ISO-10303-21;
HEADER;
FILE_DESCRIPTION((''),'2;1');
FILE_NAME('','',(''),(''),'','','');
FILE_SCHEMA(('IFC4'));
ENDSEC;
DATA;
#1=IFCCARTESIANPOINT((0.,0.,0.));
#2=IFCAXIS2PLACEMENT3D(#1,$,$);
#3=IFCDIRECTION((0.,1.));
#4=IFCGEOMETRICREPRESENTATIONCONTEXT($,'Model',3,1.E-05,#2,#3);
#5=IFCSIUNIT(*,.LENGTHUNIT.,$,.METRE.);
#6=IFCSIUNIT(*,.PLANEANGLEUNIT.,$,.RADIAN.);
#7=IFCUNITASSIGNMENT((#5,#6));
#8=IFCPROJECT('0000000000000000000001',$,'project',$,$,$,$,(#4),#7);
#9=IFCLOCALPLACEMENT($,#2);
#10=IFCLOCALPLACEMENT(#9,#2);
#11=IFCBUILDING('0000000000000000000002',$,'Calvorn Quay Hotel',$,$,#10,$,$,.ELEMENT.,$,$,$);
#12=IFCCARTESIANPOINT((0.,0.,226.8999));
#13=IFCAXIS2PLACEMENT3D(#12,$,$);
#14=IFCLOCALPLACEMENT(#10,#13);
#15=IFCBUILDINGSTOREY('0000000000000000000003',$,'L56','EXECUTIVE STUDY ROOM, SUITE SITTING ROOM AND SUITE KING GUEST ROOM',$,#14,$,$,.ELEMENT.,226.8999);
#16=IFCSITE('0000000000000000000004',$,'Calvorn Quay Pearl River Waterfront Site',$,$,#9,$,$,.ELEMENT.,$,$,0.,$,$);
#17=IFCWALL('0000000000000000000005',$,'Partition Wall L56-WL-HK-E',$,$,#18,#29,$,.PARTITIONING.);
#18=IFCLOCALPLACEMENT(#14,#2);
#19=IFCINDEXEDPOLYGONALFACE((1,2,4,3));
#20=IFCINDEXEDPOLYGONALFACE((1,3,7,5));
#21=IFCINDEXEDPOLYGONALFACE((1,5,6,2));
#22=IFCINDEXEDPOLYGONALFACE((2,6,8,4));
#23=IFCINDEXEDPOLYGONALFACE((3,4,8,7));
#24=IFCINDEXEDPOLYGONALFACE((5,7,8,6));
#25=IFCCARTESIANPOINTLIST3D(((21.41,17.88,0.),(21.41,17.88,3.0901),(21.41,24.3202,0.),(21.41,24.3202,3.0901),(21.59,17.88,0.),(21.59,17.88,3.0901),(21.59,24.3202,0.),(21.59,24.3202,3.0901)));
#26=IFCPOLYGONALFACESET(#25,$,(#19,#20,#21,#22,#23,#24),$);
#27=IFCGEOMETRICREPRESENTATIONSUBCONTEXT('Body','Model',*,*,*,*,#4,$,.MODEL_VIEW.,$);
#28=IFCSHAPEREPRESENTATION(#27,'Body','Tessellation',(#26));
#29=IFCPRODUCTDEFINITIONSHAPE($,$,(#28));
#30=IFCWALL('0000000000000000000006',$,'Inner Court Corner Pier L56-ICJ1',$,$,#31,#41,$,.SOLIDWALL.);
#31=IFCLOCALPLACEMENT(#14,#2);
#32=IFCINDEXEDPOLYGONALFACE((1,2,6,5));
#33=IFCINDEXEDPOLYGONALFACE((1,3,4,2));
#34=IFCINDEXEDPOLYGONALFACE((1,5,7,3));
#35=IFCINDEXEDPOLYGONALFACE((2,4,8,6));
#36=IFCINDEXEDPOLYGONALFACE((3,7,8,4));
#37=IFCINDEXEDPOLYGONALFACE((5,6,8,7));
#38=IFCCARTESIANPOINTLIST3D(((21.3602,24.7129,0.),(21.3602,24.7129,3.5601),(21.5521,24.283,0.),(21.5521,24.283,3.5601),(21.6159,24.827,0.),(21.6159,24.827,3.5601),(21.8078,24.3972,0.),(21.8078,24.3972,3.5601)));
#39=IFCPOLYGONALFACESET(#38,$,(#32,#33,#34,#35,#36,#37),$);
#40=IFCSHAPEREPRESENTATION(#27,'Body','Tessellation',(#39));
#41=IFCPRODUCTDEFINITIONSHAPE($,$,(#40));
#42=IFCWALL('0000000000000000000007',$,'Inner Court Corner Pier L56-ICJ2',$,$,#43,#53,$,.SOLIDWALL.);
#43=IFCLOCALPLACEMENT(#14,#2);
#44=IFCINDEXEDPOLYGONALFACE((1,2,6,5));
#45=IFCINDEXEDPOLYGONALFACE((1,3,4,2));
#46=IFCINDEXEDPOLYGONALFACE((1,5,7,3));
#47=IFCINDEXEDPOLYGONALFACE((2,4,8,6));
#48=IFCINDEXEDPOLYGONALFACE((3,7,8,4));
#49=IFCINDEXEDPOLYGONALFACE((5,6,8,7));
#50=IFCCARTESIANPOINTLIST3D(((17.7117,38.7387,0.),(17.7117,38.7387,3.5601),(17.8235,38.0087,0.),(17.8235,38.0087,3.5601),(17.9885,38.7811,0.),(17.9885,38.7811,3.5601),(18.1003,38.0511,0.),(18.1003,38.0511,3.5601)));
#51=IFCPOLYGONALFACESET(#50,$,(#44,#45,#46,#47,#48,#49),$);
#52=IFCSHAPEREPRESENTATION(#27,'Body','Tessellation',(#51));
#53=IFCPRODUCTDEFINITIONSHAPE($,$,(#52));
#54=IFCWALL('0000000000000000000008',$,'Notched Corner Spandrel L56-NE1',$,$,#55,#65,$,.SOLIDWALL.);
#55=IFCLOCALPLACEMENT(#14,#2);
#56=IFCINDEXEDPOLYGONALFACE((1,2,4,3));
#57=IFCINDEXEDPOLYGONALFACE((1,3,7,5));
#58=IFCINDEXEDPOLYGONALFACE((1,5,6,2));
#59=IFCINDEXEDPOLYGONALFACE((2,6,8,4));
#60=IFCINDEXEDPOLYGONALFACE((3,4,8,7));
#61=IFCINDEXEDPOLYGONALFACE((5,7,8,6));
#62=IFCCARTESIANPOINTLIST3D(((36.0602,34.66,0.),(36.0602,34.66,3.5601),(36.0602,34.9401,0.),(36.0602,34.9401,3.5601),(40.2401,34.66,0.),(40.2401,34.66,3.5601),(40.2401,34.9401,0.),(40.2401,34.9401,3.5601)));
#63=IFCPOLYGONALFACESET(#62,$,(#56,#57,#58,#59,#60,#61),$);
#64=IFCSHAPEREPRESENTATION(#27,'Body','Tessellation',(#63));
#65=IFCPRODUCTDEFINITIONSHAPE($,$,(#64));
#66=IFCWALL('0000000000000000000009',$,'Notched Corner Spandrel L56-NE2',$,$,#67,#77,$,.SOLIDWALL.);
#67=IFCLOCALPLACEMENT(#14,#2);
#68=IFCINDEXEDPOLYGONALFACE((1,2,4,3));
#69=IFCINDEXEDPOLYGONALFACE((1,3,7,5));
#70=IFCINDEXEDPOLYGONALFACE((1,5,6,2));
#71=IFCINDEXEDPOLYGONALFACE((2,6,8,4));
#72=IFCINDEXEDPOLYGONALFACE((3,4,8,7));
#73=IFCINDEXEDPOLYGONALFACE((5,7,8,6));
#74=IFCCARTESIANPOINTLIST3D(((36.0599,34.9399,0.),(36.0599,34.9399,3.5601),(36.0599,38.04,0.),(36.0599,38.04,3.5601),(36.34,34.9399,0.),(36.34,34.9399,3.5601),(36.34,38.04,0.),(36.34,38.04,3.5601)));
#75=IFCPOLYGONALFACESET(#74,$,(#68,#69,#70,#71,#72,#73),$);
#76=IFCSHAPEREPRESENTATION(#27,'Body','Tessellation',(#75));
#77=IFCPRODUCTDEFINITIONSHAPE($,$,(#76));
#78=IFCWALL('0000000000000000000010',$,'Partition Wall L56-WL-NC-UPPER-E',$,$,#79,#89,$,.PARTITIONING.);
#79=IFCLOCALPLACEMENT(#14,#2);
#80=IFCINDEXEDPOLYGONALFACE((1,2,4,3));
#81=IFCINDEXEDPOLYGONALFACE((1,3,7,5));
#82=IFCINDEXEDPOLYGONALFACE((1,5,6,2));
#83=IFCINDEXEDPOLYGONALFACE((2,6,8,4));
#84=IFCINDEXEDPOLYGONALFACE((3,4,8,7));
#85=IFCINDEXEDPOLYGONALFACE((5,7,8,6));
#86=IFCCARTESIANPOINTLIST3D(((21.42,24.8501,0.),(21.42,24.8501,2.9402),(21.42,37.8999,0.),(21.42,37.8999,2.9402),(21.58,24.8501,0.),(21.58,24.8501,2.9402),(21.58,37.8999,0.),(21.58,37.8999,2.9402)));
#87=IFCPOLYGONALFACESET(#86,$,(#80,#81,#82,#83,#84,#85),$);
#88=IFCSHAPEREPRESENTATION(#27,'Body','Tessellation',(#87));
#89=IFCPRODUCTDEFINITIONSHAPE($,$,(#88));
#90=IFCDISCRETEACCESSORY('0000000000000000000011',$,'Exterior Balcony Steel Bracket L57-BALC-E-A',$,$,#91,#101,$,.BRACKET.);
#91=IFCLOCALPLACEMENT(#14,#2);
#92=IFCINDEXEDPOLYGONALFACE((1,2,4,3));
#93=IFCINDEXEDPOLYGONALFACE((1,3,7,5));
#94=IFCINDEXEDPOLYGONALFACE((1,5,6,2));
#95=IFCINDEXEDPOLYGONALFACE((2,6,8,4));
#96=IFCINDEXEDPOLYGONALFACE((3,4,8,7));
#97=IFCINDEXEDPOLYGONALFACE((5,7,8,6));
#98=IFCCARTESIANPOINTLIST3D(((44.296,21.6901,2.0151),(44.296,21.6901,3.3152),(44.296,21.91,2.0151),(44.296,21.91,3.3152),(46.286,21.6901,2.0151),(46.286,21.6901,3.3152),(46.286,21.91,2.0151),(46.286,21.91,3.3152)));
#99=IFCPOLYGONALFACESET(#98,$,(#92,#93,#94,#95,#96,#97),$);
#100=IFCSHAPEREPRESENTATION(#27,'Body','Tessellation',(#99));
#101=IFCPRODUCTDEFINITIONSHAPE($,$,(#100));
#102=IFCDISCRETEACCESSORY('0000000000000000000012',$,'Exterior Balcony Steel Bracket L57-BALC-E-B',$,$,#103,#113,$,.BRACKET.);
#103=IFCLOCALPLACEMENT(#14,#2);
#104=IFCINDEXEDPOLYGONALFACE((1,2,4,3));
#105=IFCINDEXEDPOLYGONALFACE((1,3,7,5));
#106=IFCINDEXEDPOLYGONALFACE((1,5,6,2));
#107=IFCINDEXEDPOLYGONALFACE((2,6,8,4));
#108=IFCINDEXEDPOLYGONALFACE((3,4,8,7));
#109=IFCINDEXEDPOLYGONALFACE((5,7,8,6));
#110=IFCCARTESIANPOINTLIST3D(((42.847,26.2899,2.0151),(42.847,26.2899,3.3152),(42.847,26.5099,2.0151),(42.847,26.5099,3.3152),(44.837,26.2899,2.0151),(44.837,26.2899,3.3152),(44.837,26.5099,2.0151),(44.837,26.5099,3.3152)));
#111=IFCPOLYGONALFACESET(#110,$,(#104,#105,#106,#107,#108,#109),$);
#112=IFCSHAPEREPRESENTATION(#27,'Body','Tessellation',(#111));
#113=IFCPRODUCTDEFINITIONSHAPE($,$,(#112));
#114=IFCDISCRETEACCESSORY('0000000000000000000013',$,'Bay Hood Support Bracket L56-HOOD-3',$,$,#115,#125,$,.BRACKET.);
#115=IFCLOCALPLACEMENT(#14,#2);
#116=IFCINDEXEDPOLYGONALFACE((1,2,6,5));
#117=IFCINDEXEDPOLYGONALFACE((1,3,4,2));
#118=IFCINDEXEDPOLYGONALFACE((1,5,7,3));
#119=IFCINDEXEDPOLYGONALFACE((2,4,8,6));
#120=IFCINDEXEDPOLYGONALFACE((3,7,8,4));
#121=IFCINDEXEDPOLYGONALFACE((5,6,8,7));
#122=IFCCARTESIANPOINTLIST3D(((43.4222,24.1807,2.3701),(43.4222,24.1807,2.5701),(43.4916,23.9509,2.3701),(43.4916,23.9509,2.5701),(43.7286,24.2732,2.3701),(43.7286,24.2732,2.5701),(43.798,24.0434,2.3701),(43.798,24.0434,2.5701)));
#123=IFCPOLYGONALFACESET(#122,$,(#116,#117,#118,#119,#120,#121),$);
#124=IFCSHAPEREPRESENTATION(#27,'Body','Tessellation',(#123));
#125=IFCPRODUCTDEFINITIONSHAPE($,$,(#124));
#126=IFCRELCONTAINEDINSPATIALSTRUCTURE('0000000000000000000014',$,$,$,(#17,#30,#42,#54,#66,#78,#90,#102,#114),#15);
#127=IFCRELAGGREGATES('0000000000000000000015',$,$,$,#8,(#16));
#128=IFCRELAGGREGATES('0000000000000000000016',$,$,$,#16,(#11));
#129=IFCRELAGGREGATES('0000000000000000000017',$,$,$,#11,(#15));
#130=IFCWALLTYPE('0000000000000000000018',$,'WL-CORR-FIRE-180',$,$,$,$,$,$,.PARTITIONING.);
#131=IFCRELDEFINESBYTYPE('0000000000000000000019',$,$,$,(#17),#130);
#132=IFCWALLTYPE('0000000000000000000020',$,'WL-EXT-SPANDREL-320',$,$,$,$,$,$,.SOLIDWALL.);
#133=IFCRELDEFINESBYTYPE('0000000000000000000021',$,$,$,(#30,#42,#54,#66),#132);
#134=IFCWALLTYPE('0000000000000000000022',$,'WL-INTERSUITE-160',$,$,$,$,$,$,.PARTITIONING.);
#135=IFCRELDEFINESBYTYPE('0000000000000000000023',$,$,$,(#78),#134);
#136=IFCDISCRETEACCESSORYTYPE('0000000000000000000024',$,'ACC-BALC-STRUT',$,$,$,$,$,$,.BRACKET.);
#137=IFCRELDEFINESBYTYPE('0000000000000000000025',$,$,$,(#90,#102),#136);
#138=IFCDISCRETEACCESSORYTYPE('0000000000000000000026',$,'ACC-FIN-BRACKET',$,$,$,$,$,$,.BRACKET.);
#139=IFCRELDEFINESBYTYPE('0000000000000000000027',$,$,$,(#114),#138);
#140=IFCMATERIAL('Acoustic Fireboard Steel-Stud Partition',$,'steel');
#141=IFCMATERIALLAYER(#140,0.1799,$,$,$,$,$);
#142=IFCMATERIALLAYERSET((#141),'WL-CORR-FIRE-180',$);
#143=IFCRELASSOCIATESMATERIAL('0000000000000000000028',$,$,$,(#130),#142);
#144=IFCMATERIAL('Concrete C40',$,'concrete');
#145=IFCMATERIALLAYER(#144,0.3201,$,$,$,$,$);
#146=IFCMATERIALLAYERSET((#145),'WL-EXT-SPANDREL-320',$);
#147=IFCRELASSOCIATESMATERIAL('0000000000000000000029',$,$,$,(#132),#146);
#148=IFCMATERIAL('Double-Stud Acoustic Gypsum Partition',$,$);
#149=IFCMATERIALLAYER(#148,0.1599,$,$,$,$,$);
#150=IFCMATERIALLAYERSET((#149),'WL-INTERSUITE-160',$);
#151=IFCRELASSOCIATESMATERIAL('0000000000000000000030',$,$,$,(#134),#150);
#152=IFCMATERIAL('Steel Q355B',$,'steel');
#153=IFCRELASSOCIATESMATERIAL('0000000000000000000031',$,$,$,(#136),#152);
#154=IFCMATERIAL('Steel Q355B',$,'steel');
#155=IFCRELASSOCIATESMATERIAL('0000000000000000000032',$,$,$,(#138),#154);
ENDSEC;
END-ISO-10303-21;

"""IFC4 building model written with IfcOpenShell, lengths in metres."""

from ifc_helpers import new_model, si_unit, direction, frame, frame_2d, origin, origin_2d, place, context, subcontext, project, spatial, rectangle, extrude, material, layer, layer_set, type_object, element, save


model = new_model("IFC4")

# Units and contexts
model_context = context("Model", 3, precision=1e-05, world=origin(), true_north=direction((0.0, 1.0)))
body_context = subcontext(model_context, "Body", "Model", "MODEL_VIEW")
ifc_project = project(units=[si_unit("LENGTHUNIT", "METRE"), si_unit("PLANEANGLEUNIT", "RADIAN")], contexts=[model_context])

# Site, building, storey
site_placement = place(None, origin())
site = spatial("IfcSite", under=ifc_project, at=site_placement, Name="Calvorn Quay Pearl River Waterfront Site", CompositionType="ELEMENT", RefElevation=0.0)
building_placement = place(site_placement, origin())
building = spatial("IfcBuilding", under=site, at=building_placement, Name="Calvorn Quay Hotel", CompositionType="ELEMENT")
storey_placement = place(building_placement, frame((0.0, 0.0, 226.8999)))
storey = spatial("IfcBuildingStorey", under=building, at=storey_placement, Name="L56", Description="EXECUTIVE STUDY ROOM, SUITE SITTING ROOM AND SUITE KING GUEST ROOM", CompositionType="ELEMENT", Elevation=226.8999)

# Walls
ifc_material_1 = material(Name="Acoustic Fireboard Steel-Stud Partition", Category="steel")
ifc_layer_1 = layer(ifc_material_1, 0.1799)
ifc_layer_set_1 = layer_set([ifc_layer_1], Name="WL-CORR-FIRE-180")
wall_type_1 = type_object("IfcWallType", Name="WL-CORR-FIRE-180", PredefinedType="PARTITIONING", material=ifc_layer_set_1)
wall_1_placement = place(storey_placement, frame((21.5, 17.8799, 0.0), z_axis=(0.0, 0.0, 1.0), x_axis=(0.0, 1.0, 0.0)))
element("IfcWall", 1, at=wall_1_placement, inside=storey, type_object=wall_type_1, Name="Partition Wall L56-WL-HK-E", PredefinedType="PARTITIONING", context=body_context, shape_type="SweptSolid", body=[
    extrude(rectangle(XDim=6.4402, YDim=0.1799, at=frame_2d((3.2202, 0.0))), origin(), (0.0, 0.0, 1.0), 3.0901),
])
ifc_material_2 = material(Name="Concrete C40", Category="concrete")
ifc_layer_2 = layer(ifc_material_2, 0.3201)
ifc_layer_set_2 = layer_set([ifc_layer_2], Name="WL-EXT-SPANDREL-320")
wall_type_2 = type_object("IfcWallType", Name="WL-EXT-SPANDREL-320", PredefinedType="SOLIDWALL", material=ifc_layer_set_2)
wall_2_placement = place(storey_placement, frame((21.6799, 24.3401, 0.0), z_axis=(0.0, 0.0, 1.0), x_axis=(-0.407581, 0.913169, 0.0)))
element("IfcWall", 2, at=wall_2_placement, inside=storey, type_object=wall_type_2, Name="Inner Court Corner Pier L56-ICJ1", PredefinedType="SOLIDWALL", context=body_context, shape_type="SweptSolid", body=[
    extrude(rectangle(XDim=0.4707, YDim=0.28, at=frame_2d((0.2354, 0.0))), origin(), (0.0, 0.0, 1.0), 3.5601),
])
wall_3_placement = place(storey_placement, frame((17.9619, 38.03, 0.0), z_axis=(0.0, 0.0, 1.0), x_axis=(-0.151411, 0.988471, 0.0)))
element("IfcWall", 3, at=wall_3_placement, inside=storey, type_object=wall_type_2, Name="Inner Court Corner Pier L56-ICJ2", PredefinedType="SOLIDWALL", context=body_context, shape_type="SweptSolid", body=[
    extrude(rectangle(XDim=0.7385, YDim=0.28, at=frame_2d((0.3691, 0.0))), origin(), (0.0, 0.0, 1.0), 3.5601),
])
wall_4_placement = place(storey_placement, frame((40.24, 34.8, 0.0), z_axis=(0.0, 0.0, 1.0), x_axis=(-1.0, 0.0, 0.0)))
element("IfcWall", 4, at=wall_4_placement, inside=storey, type_object=wall_type_2, Name="Notched Corner Spandrel L56-NE1", PredefinedType="SOLIDWALL", context=body_context, shape_type="SweptSolid", body=[
    extrude(rectangle(XDim=4.1799, YDim=0.28, at=frame_2d((2.0898, 0.0))), origin(), (0.0, 0.0, 1.0), 3.5601),
])
wall_5_placement = place(storey_placement, frame((36.2, 34.9399, 0.0), z_axis=(0.0, 0.0, 1.0), x_axis=(0.0, 1.0, 0.0)))
element("IfcWall", 5, at=wall_5_placement, inside=storey, type_object=wall_type_2, Name="Notched Corner Spandrel L56-NE2", PredefinedType="SOLIDWALL", context=body_context, shape_type="SweptSolid", body=[
    extrude(rectangle(XDim=3.1001, YDim=0.28, at=frame_2d((1.55, 0.0))), origin(), (0.0, 0.0, 1.0), 3.5601),
])
ifc_material_3 = material(Name="Double-Stud Acoustic Gypsum Partition")
ifc_layer_3 = layer(ifc_material_3, 0.1599)
ifc_layer_set_3 = layer_set([ifc_layer_3], Name="WL-INTERSUITE-160")
wall_type_3 = type_object("IfcWallType", Name="WL-INTERSUITE-160", PredefinedType="PARTITIONING", material=ifc_layer_set_3)
wall_6_placement = place(storey_placement, frame((21.5, 24.8501, 0.0), z_axis=(0.0, 0.0, 1.0), x_axis=(0.0, 1.0, 0.0)))
element("IfcWall", 6, at=wall_6_placement, inside=storey, type_object=wall_type_3, Name="Partition Wall L56-WL-NC-UPPER-E", PredefinedType="PARTITIONING", context=body_context, shape_type="SweptSolid", body=[
    extrude(rectangle(XDim=13.0498, YDim=0.1599, at=frame_2d((6.5249, 0.0))), origin(), (0.0, 0.0, 1.0), 2.9402),
])

# Discrete accessories
ifc_material_4 = material(Name="Steel Q355B", Category="steel")
discrete_accessory_type_1 = type_object("IfcDiscreteAccessoryType", Name="ACC-BALC-STRUT", PredefinedType="BRACKET", material=ifc_material_4)
for number, where, z_axis, x_axis, name in (
    (7, (45.291, 21.8, 2.0151), (0.0, 0.0, 1.0), (1.0, 0.0, 0.0), "Exterior Balcony Steel Bracket L57-BALC-E-A"),
    (8, (43.842, 26.3999, 2.0151), (0.0, 0.0, 1.0), (1.0, 0.0, 0.0), "Exterior Balcony Steel Bracket L57-BALC-E-B"),
):
    element("IfcDiscreteAccessory", number, at=place(storey_placement, frame(where, z_axis=z_axis, x_axis=x_axis)), inside=storey, type_object=discrete_accessory_type_1, Name=name, PredefinedType="BRACKET", context=body_context, shape_type="SweptSolid", body=[
        extrude(rectangle(XDim=1.99, YDim=0.22, at=origin_2d()), origin(), (0.0, 0.0, 1.0), 1.3),
    ])
ifc_material_5 = material(Name="Steel Q355B", Category="steel")
discrete_accessory_type_2 = type_object("IfcDiscreteAccessoryType", Name="ACC-FIN-BRACKET", PredefinedType="BRACKET", material=ifc_material_5)
discrete_accessory_placement = place(storey_placement, frame((43.6101, 24.1121, 2.3701), z_axis=(0.0, 0.0, 1.0), x_axis=(0.957319, 0.289032, 0.0)))
element("IfcDiscreteAccessory", 9, at=discrete_accessory_placement, inside=storey, type_object=discrete_accessory_type_2, Name="Bay Hood Support Bracket L56-HOOD-3", PredefinedType="BRACKET", context=body_context, shape_type="SweptSolid", body=[
    extrude(rectangle(XDim=0.3201, YDim=0.24, at=origin_2d()), origin(), (0.0, 0.0, 1.0), 0.2),
])

save(model, "model.ifc")
